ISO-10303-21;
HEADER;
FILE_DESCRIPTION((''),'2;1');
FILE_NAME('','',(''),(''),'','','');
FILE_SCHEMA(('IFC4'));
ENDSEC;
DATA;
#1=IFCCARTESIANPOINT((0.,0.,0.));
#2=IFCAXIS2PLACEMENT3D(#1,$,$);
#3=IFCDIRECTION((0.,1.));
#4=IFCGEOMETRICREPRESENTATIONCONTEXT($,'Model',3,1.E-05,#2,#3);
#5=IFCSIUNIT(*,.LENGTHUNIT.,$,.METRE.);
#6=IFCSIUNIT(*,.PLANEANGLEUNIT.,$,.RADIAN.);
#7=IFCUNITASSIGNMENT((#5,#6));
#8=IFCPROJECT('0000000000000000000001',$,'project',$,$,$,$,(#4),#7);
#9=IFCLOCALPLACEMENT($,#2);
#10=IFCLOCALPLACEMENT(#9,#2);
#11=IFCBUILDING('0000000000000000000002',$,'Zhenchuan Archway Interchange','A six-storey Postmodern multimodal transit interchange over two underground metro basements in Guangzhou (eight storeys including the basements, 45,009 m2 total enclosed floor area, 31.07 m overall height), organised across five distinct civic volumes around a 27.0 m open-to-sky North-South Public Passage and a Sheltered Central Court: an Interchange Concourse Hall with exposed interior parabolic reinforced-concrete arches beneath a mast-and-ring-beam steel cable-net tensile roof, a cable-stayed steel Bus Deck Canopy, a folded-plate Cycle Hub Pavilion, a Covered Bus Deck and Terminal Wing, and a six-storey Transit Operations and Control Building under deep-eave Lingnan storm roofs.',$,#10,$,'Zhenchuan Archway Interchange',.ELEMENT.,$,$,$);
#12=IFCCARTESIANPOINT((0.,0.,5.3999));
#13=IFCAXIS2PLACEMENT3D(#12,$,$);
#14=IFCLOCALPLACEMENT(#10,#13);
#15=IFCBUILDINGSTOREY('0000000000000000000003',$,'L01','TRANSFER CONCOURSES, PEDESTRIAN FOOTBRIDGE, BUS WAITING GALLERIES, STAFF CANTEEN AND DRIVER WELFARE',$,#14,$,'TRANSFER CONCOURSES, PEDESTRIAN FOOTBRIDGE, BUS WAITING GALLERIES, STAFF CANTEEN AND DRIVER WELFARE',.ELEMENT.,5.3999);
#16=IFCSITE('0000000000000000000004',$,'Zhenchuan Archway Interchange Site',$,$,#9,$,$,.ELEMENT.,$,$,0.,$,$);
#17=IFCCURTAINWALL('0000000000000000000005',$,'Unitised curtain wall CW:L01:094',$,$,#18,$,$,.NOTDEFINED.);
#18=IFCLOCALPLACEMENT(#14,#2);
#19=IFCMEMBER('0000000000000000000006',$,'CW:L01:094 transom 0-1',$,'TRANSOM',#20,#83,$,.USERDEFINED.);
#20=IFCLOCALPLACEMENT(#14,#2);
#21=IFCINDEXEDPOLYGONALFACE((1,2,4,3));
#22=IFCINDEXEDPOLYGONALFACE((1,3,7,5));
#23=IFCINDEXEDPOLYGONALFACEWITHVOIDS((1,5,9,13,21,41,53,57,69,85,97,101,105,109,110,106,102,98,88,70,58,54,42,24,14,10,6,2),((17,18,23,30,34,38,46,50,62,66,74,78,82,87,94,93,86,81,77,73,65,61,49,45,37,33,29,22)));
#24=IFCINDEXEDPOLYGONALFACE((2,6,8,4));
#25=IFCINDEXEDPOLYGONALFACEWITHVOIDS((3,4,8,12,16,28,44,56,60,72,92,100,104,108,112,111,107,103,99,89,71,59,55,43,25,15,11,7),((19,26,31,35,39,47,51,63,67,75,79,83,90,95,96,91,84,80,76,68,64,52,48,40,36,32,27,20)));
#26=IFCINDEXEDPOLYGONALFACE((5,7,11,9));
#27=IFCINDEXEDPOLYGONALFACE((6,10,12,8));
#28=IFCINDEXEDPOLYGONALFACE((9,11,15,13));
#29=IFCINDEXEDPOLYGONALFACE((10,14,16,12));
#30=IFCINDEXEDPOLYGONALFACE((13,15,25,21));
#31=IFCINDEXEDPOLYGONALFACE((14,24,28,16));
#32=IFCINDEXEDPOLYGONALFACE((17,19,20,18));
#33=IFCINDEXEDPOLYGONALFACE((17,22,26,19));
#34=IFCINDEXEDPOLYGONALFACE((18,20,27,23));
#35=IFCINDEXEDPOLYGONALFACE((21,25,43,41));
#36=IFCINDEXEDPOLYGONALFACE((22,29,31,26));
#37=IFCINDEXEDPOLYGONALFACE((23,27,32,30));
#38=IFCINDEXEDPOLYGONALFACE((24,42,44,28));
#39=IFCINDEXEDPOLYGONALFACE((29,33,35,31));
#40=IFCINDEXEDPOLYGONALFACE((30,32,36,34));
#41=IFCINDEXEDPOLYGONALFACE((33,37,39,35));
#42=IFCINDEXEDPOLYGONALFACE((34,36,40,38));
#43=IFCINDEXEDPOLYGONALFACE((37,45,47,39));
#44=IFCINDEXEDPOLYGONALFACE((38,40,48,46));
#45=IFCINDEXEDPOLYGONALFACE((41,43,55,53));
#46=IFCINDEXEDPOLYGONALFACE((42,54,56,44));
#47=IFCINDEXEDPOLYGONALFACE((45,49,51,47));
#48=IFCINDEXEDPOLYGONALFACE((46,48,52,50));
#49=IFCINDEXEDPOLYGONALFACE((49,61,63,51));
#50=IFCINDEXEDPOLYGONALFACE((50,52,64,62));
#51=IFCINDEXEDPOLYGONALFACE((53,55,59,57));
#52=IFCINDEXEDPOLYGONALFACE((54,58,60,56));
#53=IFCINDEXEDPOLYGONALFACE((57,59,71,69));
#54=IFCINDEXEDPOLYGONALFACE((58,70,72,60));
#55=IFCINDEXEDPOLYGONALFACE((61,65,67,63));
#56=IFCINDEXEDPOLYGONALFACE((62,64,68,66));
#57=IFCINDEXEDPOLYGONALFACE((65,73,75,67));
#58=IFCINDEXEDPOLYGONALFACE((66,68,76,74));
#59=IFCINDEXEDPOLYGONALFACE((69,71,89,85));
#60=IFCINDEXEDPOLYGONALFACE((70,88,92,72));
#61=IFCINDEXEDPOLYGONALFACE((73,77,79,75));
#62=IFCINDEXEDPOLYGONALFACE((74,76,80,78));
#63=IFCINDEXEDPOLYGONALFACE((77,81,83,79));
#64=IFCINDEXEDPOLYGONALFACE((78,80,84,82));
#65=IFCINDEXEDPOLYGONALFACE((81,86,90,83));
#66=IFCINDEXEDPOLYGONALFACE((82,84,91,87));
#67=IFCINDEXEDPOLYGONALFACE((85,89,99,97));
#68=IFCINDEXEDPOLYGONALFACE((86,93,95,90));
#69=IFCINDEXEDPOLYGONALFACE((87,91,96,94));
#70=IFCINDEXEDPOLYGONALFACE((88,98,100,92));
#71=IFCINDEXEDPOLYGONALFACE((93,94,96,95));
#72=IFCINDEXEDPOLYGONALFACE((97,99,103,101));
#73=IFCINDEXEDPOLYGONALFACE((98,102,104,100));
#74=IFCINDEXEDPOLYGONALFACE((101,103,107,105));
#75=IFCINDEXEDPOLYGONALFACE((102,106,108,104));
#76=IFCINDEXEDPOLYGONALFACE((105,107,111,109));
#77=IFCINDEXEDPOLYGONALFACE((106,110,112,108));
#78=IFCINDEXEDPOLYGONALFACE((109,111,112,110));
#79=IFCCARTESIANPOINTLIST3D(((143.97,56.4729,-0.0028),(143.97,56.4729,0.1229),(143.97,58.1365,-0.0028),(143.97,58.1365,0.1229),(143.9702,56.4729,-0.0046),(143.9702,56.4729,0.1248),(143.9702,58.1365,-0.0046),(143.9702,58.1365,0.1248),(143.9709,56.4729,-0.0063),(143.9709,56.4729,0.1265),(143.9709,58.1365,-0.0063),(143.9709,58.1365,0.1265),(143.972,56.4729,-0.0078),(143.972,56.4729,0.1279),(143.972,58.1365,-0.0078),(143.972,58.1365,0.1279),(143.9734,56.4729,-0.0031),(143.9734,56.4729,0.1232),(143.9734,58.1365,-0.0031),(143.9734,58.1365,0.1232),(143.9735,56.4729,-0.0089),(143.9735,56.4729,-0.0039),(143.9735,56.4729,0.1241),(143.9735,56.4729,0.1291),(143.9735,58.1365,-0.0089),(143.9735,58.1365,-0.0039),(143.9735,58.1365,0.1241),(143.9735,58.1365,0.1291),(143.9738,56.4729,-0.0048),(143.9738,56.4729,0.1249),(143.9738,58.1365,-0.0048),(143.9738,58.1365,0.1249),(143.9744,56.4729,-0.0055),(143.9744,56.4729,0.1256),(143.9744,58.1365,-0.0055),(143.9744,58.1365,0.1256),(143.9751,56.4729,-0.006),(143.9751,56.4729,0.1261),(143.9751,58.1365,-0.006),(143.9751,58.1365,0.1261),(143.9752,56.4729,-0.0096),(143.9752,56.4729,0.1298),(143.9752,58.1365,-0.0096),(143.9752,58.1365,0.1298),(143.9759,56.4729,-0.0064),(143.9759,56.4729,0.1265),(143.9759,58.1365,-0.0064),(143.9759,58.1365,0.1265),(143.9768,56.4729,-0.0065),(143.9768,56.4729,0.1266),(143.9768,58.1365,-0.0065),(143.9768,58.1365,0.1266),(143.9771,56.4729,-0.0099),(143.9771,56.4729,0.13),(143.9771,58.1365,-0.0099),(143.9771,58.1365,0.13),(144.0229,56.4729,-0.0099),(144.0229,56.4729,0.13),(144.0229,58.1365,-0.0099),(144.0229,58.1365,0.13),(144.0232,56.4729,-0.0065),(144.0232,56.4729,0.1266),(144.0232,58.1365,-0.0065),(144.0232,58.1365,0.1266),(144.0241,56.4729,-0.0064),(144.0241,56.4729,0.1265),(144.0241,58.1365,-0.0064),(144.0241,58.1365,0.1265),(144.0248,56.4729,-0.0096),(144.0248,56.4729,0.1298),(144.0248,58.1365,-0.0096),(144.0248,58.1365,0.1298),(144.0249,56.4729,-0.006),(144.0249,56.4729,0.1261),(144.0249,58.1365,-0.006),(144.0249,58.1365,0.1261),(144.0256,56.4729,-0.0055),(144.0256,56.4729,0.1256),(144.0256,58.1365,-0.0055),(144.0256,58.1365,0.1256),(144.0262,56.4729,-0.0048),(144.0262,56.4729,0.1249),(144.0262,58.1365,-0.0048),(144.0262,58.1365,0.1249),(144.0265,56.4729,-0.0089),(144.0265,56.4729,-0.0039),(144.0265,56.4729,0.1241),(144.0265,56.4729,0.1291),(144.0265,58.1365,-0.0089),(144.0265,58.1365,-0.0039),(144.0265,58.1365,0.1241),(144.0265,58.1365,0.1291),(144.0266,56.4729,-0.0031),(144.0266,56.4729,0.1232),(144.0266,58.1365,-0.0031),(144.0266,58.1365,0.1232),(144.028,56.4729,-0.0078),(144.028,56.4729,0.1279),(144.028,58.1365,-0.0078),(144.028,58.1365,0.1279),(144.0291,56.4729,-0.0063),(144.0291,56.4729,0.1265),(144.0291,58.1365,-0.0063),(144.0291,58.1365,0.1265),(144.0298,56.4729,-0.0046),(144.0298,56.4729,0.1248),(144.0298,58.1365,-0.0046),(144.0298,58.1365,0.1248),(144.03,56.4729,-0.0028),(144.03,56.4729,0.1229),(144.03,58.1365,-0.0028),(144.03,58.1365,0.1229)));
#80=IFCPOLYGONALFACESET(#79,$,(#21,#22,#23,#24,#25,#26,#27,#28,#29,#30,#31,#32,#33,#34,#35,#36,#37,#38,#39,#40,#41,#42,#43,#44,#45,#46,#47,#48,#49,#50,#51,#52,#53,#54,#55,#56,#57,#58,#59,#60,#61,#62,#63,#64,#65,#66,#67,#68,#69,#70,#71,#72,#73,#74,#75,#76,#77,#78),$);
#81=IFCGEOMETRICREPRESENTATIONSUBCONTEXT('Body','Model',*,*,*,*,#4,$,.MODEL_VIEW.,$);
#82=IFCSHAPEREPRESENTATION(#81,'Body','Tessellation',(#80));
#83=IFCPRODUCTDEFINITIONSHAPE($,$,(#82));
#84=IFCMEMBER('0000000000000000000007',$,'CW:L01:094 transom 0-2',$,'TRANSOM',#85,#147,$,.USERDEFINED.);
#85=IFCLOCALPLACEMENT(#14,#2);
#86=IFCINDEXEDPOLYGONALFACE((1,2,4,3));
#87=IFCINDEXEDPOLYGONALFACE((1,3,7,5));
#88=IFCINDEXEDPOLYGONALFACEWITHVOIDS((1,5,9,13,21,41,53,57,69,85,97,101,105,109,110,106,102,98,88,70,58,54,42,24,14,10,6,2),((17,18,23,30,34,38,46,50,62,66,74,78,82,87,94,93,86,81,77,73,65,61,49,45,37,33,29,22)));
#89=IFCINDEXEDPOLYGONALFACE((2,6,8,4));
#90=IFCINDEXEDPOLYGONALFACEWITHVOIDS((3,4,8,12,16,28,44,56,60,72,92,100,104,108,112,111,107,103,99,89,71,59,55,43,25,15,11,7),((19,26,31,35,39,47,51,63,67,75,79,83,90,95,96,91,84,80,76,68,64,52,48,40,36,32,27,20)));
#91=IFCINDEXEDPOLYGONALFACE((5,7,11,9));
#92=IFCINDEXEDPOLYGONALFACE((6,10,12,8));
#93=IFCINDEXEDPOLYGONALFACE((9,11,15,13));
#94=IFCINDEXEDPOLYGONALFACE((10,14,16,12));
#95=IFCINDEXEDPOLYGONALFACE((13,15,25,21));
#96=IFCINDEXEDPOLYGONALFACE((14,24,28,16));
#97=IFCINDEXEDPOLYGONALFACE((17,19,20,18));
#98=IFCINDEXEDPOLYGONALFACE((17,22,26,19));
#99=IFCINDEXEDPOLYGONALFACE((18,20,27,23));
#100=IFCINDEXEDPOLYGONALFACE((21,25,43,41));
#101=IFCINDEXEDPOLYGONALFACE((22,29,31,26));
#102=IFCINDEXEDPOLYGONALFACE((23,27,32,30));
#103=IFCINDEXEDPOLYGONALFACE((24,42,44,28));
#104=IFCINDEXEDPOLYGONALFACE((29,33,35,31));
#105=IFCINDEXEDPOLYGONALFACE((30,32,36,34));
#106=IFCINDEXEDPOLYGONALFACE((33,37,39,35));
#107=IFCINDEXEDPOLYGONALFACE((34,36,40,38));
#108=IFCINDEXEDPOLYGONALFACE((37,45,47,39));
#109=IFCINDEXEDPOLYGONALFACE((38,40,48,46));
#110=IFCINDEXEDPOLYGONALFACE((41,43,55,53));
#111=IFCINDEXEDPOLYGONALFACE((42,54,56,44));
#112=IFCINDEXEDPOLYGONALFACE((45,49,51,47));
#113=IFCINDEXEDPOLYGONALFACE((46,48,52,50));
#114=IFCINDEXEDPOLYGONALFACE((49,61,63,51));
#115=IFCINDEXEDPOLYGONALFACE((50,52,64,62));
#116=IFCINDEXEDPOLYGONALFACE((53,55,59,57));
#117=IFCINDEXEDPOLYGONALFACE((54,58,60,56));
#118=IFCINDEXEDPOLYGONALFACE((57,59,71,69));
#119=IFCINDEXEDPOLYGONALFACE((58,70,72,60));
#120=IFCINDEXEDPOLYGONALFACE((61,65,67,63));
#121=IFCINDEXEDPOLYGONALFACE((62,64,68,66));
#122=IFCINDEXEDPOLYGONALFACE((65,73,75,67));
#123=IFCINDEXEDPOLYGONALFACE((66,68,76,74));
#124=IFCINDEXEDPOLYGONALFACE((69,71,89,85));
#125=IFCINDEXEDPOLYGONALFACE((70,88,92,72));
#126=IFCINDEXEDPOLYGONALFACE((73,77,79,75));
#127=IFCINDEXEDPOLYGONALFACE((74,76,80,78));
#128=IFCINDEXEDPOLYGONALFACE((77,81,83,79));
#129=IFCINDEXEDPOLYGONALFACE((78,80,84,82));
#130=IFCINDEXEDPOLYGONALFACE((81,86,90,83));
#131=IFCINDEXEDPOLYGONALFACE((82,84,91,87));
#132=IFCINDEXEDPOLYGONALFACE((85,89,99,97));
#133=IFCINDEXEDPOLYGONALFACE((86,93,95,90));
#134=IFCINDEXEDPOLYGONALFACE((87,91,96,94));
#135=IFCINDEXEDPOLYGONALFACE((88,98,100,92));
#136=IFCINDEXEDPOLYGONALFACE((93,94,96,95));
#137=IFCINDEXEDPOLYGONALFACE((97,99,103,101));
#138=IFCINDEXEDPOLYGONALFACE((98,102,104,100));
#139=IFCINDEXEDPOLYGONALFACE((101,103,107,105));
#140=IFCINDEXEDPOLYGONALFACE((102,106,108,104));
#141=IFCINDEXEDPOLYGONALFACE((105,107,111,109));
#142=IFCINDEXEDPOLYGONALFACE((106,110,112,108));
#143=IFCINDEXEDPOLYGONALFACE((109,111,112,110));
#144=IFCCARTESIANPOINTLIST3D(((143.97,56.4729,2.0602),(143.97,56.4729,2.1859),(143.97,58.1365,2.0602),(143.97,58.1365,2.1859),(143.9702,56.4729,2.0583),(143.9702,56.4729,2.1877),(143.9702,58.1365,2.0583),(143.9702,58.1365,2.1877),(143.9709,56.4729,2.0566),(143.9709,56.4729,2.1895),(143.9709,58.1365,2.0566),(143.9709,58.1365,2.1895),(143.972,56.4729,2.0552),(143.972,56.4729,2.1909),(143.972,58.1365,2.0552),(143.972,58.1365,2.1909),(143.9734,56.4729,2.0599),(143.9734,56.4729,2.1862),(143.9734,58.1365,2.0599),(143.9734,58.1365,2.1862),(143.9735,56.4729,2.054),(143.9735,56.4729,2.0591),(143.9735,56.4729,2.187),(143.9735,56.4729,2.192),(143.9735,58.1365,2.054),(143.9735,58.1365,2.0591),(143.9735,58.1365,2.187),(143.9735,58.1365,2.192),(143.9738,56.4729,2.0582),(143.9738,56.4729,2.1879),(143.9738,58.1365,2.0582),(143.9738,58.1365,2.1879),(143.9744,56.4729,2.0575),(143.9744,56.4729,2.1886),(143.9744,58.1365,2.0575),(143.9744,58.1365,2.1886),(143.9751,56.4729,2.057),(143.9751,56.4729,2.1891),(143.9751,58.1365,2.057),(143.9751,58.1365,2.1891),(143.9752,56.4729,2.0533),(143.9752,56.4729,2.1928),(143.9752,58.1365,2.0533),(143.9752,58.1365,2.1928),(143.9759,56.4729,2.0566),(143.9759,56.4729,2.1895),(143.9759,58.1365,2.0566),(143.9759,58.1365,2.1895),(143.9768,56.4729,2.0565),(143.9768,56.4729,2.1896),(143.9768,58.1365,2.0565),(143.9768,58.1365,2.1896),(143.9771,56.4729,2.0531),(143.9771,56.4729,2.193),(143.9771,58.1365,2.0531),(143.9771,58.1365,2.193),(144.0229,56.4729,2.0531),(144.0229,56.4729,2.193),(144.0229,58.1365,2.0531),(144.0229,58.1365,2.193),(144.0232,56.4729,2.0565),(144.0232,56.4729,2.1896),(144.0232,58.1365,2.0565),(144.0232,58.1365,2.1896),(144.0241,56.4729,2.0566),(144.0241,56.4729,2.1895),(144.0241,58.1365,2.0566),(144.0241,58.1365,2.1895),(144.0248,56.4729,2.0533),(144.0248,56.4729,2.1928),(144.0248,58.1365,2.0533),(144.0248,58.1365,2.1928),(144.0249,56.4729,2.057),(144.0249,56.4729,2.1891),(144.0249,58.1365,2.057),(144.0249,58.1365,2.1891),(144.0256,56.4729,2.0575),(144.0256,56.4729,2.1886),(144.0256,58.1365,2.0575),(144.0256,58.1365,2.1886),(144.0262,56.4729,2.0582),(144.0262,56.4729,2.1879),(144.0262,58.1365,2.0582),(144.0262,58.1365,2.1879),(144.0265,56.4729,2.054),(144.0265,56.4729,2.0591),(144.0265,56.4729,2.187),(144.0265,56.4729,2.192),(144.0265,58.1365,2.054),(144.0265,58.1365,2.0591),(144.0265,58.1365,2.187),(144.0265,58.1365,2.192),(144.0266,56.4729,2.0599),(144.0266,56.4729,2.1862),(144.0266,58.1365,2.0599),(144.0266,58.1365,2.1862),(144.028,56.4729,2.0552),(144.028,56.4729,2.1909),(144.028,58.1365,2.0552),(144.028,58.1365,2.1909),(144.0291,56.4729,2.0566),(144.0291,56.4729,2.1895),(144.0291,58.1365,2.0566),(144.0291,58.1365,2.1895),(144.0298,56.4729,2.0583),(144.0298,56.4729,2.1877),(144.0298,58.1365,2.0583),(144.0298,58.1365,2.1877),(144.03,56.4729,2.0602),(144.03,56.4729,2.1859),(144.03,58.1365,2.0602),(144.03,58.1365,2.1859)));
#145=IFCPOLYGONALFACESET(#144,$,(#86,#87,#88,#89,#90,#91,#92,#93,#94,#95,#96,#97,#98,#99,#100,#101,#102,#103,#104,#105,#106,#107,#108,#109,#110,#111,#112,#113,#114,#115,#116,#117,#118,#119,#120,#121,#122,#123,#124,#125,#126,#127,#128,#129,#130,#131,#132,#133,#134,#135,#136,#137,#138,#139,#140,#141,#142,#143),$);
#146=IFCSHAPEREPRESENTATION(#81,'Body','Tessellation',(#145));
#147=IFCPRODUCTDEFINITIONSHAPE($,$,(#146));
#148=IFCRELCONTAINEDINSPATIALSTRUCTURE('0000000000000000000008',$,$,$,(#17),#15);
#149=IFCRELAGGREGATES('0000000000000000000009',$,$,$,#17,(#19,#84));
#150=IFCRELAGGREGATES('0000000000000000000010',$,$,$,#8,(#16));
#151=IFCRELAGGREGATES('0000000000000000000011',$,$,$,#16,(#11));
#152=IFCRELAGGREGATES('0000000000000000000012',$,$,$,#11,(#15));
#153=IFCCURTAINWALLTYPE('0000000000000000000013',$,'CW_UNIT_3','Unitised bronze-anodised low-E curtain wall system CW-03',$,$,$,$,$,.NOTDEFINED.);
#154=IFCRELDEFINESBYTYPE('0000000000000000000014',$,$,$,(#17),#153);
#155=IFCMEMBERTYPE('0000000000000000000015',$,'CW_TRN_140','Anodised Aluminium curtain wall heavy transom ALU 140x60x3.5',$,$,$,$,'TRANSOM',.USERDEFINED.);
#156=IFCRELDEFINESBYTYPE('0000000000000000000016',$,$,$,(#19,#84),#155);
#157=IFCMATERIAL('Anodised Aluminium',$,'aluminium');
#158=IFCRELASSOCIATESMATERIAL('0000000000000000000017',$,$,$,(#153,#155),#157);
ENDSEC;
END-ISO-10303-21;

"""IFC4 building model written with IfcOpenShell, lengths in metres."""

from ifc_helpers import new_model, si_unit, direction, frame, origin, origin_2d, place, context, subcontext, project, spatial, hollow_rectangle, extrude, material, material_profile, profile_set, type_object, element, aggregate, save


model = new_model("IFC4")

# Units and contexts
model_context = context("Model", 3, precision=1e-05, world=origin(), true_north=direction((0.0, 1.0)))
body_context = subcontext(model_context, "Body", "Model", "MODEL_VIEW")
ifc_project = project(units=[si_unit("LENGTHUNIT", "METRE"), si_unit("PLANEANGLEUNIT", "RADIAN")], contexts=[model_context])

# Site, building, storey
site_placement = place(None, origin())
site = spatial("IfcSite", under=ifc_project, at=site_placement, Name="Zhenchuan Archway Interchange Site", CompositionType="ELEMENT", RefElevation=0.0)
building_placement = place(site_placement, origin())
building = spatial("IfcBuilding", under=site, at=building_placement, Name="Zhenchuan Archway Interchange", Description="A six-storey Postmodern multimodal transit interchange over two underground metro basements in Guangzhou (eight storeys including the basements, 45,009 m2 total enclosed floor area, 31.07 m overall height), organised across five distinct civic volumes around a 27.0 m open-to-sky North-South Public Passage and a Sheltered Central Court: an Interchange Concourse Hall with exposed interior parabolic reinforced-concrete arches beneath a mast-and-ring-beam steel cable-net tensile roof, a cable-stayed steel Bus Deck Canopy, a folded-plate Cycle Hub Pavilion, a Covered Bus Deck and Terminal Wing, and a six-storey Transit Operations and Control Building under deep-eave Lingnan storm roofs.", LongName="Zhenchuan Archway Interchange", CompositionType="ELEMENT")
storey_placement = place(building_placement, frame((0.0, 0.0, 5.3999)))
storey = spatial("IfcBuildingStorey", under=building, at=storey_placement, Name="L01", Description="TRANSFER CONCOURSES, PEDESTRIAN FOOTBRIDGE, BUS WAITING GALLERIES, STAFF CANTEEN AND DRIVER WELFARE", LongName="TRANSFER CONCOURSES, PEDESTRIAN FOOTBRIDGE, BUS WAITING GALLERIES, STAFF CANTEEN AND DRIVER WELFARE", CompositionType="ELEMENT", Elevation=5.3999)

# Curtain wall, members
ifc_material_1 = material(Name="Anodised Aluminium", Category="aluminium")
curtain_wall_type = type_object("IfcCurtainWallType", Name="CW_UNIT_3", Description="Unitised bronze-anodised low-E curtain wall system CW-03", PredefinedType="NOTDEFINED", material=ifc_material_1)
curtain_wall_placement = place(storey_placement, origin())
curtain_wall = element("IfcCurtainWall", 1, at=curtain_wall_placement, inside=storey, type_object=curtain_wall_type, Name="Unitised curtain wall CW:L01:094", PredefinedType="NOTDEFINED")
ifc_material_profile_1 = material_profile(ifc_material_1, hollow_rectangle(XDim=0.0601, YDim=0.1399, WallThickness=0.0034, InnerFilletRadius=0.0034, OuterFilletRadius=0.0071, at=origin_2d()), Name="ALU 140x60x3.5")
ifc_profile_set_1 = profile_set([ifc_material_profile_1], Name="Anodised Aluminium")
member_type_1 = type_object("IfcMemberType", Name="CW_TRN_140", Description="Anodised Aluminium curtain wall heavy transom ALU 140x60x3.5", ElementType="TRANSOM", PredefinedType="USERDEFINED", material=ifc_profile_set_1)
member_1_placement = place(storey_placement, frame((144.0, 56.4729, 0.0601), z_axis=(0.0, 1.0, 0.0), x_axis=(-1.0, 0.0, 0.0)))
member_1 = element("IfcMember", 2, at=member_1_placement, type_object=member_type_1, Name="CW:L01:094 transom 0-1", ObjectType="TRANSOM", PredefinedType="USERDEFINED", context=body_context, shape_type="SweptSolid", body=[
    extrude(hollow_rectangle(XDim=0.0601, YDim=0.1399, WallThickness=0.0034, InnerFilletRadius=0.0034, OuterFilletRadius=0.0071, at=origin_2d()), origin(), (0.0, 0.0, 1.0), 1.6636),
])
member_2_placement = place(storey_placement, frame((144.0, 56.4729, 2.123), z_axis=(0.0, 1.0, 0.0), x_axis=(-1.0, 0.0, 0.0)))
member_2 = element("IfcMember", 3, at=member_2_placement, type_object=member_type_1, Name="CW:L01:094 transom 0-2", ObjectType="TRANSOM", PredefinedType="USERDEFINED", context=body_context, shape_type="SweptSolid", body=[
    extrude(hollow_rectangle(XDim=0.0601, YDim=0.1399, WallThickness=0.0034, InnerFilletRadius=0.0034, OuterFilletRadius=0.0071, at=origin_2d()), origin(), (0.0, 0.0, 1.0), 1.6636),
])

aggregate(curtain_wall, [member_1, member_2])

save(model, "model.ifc")
